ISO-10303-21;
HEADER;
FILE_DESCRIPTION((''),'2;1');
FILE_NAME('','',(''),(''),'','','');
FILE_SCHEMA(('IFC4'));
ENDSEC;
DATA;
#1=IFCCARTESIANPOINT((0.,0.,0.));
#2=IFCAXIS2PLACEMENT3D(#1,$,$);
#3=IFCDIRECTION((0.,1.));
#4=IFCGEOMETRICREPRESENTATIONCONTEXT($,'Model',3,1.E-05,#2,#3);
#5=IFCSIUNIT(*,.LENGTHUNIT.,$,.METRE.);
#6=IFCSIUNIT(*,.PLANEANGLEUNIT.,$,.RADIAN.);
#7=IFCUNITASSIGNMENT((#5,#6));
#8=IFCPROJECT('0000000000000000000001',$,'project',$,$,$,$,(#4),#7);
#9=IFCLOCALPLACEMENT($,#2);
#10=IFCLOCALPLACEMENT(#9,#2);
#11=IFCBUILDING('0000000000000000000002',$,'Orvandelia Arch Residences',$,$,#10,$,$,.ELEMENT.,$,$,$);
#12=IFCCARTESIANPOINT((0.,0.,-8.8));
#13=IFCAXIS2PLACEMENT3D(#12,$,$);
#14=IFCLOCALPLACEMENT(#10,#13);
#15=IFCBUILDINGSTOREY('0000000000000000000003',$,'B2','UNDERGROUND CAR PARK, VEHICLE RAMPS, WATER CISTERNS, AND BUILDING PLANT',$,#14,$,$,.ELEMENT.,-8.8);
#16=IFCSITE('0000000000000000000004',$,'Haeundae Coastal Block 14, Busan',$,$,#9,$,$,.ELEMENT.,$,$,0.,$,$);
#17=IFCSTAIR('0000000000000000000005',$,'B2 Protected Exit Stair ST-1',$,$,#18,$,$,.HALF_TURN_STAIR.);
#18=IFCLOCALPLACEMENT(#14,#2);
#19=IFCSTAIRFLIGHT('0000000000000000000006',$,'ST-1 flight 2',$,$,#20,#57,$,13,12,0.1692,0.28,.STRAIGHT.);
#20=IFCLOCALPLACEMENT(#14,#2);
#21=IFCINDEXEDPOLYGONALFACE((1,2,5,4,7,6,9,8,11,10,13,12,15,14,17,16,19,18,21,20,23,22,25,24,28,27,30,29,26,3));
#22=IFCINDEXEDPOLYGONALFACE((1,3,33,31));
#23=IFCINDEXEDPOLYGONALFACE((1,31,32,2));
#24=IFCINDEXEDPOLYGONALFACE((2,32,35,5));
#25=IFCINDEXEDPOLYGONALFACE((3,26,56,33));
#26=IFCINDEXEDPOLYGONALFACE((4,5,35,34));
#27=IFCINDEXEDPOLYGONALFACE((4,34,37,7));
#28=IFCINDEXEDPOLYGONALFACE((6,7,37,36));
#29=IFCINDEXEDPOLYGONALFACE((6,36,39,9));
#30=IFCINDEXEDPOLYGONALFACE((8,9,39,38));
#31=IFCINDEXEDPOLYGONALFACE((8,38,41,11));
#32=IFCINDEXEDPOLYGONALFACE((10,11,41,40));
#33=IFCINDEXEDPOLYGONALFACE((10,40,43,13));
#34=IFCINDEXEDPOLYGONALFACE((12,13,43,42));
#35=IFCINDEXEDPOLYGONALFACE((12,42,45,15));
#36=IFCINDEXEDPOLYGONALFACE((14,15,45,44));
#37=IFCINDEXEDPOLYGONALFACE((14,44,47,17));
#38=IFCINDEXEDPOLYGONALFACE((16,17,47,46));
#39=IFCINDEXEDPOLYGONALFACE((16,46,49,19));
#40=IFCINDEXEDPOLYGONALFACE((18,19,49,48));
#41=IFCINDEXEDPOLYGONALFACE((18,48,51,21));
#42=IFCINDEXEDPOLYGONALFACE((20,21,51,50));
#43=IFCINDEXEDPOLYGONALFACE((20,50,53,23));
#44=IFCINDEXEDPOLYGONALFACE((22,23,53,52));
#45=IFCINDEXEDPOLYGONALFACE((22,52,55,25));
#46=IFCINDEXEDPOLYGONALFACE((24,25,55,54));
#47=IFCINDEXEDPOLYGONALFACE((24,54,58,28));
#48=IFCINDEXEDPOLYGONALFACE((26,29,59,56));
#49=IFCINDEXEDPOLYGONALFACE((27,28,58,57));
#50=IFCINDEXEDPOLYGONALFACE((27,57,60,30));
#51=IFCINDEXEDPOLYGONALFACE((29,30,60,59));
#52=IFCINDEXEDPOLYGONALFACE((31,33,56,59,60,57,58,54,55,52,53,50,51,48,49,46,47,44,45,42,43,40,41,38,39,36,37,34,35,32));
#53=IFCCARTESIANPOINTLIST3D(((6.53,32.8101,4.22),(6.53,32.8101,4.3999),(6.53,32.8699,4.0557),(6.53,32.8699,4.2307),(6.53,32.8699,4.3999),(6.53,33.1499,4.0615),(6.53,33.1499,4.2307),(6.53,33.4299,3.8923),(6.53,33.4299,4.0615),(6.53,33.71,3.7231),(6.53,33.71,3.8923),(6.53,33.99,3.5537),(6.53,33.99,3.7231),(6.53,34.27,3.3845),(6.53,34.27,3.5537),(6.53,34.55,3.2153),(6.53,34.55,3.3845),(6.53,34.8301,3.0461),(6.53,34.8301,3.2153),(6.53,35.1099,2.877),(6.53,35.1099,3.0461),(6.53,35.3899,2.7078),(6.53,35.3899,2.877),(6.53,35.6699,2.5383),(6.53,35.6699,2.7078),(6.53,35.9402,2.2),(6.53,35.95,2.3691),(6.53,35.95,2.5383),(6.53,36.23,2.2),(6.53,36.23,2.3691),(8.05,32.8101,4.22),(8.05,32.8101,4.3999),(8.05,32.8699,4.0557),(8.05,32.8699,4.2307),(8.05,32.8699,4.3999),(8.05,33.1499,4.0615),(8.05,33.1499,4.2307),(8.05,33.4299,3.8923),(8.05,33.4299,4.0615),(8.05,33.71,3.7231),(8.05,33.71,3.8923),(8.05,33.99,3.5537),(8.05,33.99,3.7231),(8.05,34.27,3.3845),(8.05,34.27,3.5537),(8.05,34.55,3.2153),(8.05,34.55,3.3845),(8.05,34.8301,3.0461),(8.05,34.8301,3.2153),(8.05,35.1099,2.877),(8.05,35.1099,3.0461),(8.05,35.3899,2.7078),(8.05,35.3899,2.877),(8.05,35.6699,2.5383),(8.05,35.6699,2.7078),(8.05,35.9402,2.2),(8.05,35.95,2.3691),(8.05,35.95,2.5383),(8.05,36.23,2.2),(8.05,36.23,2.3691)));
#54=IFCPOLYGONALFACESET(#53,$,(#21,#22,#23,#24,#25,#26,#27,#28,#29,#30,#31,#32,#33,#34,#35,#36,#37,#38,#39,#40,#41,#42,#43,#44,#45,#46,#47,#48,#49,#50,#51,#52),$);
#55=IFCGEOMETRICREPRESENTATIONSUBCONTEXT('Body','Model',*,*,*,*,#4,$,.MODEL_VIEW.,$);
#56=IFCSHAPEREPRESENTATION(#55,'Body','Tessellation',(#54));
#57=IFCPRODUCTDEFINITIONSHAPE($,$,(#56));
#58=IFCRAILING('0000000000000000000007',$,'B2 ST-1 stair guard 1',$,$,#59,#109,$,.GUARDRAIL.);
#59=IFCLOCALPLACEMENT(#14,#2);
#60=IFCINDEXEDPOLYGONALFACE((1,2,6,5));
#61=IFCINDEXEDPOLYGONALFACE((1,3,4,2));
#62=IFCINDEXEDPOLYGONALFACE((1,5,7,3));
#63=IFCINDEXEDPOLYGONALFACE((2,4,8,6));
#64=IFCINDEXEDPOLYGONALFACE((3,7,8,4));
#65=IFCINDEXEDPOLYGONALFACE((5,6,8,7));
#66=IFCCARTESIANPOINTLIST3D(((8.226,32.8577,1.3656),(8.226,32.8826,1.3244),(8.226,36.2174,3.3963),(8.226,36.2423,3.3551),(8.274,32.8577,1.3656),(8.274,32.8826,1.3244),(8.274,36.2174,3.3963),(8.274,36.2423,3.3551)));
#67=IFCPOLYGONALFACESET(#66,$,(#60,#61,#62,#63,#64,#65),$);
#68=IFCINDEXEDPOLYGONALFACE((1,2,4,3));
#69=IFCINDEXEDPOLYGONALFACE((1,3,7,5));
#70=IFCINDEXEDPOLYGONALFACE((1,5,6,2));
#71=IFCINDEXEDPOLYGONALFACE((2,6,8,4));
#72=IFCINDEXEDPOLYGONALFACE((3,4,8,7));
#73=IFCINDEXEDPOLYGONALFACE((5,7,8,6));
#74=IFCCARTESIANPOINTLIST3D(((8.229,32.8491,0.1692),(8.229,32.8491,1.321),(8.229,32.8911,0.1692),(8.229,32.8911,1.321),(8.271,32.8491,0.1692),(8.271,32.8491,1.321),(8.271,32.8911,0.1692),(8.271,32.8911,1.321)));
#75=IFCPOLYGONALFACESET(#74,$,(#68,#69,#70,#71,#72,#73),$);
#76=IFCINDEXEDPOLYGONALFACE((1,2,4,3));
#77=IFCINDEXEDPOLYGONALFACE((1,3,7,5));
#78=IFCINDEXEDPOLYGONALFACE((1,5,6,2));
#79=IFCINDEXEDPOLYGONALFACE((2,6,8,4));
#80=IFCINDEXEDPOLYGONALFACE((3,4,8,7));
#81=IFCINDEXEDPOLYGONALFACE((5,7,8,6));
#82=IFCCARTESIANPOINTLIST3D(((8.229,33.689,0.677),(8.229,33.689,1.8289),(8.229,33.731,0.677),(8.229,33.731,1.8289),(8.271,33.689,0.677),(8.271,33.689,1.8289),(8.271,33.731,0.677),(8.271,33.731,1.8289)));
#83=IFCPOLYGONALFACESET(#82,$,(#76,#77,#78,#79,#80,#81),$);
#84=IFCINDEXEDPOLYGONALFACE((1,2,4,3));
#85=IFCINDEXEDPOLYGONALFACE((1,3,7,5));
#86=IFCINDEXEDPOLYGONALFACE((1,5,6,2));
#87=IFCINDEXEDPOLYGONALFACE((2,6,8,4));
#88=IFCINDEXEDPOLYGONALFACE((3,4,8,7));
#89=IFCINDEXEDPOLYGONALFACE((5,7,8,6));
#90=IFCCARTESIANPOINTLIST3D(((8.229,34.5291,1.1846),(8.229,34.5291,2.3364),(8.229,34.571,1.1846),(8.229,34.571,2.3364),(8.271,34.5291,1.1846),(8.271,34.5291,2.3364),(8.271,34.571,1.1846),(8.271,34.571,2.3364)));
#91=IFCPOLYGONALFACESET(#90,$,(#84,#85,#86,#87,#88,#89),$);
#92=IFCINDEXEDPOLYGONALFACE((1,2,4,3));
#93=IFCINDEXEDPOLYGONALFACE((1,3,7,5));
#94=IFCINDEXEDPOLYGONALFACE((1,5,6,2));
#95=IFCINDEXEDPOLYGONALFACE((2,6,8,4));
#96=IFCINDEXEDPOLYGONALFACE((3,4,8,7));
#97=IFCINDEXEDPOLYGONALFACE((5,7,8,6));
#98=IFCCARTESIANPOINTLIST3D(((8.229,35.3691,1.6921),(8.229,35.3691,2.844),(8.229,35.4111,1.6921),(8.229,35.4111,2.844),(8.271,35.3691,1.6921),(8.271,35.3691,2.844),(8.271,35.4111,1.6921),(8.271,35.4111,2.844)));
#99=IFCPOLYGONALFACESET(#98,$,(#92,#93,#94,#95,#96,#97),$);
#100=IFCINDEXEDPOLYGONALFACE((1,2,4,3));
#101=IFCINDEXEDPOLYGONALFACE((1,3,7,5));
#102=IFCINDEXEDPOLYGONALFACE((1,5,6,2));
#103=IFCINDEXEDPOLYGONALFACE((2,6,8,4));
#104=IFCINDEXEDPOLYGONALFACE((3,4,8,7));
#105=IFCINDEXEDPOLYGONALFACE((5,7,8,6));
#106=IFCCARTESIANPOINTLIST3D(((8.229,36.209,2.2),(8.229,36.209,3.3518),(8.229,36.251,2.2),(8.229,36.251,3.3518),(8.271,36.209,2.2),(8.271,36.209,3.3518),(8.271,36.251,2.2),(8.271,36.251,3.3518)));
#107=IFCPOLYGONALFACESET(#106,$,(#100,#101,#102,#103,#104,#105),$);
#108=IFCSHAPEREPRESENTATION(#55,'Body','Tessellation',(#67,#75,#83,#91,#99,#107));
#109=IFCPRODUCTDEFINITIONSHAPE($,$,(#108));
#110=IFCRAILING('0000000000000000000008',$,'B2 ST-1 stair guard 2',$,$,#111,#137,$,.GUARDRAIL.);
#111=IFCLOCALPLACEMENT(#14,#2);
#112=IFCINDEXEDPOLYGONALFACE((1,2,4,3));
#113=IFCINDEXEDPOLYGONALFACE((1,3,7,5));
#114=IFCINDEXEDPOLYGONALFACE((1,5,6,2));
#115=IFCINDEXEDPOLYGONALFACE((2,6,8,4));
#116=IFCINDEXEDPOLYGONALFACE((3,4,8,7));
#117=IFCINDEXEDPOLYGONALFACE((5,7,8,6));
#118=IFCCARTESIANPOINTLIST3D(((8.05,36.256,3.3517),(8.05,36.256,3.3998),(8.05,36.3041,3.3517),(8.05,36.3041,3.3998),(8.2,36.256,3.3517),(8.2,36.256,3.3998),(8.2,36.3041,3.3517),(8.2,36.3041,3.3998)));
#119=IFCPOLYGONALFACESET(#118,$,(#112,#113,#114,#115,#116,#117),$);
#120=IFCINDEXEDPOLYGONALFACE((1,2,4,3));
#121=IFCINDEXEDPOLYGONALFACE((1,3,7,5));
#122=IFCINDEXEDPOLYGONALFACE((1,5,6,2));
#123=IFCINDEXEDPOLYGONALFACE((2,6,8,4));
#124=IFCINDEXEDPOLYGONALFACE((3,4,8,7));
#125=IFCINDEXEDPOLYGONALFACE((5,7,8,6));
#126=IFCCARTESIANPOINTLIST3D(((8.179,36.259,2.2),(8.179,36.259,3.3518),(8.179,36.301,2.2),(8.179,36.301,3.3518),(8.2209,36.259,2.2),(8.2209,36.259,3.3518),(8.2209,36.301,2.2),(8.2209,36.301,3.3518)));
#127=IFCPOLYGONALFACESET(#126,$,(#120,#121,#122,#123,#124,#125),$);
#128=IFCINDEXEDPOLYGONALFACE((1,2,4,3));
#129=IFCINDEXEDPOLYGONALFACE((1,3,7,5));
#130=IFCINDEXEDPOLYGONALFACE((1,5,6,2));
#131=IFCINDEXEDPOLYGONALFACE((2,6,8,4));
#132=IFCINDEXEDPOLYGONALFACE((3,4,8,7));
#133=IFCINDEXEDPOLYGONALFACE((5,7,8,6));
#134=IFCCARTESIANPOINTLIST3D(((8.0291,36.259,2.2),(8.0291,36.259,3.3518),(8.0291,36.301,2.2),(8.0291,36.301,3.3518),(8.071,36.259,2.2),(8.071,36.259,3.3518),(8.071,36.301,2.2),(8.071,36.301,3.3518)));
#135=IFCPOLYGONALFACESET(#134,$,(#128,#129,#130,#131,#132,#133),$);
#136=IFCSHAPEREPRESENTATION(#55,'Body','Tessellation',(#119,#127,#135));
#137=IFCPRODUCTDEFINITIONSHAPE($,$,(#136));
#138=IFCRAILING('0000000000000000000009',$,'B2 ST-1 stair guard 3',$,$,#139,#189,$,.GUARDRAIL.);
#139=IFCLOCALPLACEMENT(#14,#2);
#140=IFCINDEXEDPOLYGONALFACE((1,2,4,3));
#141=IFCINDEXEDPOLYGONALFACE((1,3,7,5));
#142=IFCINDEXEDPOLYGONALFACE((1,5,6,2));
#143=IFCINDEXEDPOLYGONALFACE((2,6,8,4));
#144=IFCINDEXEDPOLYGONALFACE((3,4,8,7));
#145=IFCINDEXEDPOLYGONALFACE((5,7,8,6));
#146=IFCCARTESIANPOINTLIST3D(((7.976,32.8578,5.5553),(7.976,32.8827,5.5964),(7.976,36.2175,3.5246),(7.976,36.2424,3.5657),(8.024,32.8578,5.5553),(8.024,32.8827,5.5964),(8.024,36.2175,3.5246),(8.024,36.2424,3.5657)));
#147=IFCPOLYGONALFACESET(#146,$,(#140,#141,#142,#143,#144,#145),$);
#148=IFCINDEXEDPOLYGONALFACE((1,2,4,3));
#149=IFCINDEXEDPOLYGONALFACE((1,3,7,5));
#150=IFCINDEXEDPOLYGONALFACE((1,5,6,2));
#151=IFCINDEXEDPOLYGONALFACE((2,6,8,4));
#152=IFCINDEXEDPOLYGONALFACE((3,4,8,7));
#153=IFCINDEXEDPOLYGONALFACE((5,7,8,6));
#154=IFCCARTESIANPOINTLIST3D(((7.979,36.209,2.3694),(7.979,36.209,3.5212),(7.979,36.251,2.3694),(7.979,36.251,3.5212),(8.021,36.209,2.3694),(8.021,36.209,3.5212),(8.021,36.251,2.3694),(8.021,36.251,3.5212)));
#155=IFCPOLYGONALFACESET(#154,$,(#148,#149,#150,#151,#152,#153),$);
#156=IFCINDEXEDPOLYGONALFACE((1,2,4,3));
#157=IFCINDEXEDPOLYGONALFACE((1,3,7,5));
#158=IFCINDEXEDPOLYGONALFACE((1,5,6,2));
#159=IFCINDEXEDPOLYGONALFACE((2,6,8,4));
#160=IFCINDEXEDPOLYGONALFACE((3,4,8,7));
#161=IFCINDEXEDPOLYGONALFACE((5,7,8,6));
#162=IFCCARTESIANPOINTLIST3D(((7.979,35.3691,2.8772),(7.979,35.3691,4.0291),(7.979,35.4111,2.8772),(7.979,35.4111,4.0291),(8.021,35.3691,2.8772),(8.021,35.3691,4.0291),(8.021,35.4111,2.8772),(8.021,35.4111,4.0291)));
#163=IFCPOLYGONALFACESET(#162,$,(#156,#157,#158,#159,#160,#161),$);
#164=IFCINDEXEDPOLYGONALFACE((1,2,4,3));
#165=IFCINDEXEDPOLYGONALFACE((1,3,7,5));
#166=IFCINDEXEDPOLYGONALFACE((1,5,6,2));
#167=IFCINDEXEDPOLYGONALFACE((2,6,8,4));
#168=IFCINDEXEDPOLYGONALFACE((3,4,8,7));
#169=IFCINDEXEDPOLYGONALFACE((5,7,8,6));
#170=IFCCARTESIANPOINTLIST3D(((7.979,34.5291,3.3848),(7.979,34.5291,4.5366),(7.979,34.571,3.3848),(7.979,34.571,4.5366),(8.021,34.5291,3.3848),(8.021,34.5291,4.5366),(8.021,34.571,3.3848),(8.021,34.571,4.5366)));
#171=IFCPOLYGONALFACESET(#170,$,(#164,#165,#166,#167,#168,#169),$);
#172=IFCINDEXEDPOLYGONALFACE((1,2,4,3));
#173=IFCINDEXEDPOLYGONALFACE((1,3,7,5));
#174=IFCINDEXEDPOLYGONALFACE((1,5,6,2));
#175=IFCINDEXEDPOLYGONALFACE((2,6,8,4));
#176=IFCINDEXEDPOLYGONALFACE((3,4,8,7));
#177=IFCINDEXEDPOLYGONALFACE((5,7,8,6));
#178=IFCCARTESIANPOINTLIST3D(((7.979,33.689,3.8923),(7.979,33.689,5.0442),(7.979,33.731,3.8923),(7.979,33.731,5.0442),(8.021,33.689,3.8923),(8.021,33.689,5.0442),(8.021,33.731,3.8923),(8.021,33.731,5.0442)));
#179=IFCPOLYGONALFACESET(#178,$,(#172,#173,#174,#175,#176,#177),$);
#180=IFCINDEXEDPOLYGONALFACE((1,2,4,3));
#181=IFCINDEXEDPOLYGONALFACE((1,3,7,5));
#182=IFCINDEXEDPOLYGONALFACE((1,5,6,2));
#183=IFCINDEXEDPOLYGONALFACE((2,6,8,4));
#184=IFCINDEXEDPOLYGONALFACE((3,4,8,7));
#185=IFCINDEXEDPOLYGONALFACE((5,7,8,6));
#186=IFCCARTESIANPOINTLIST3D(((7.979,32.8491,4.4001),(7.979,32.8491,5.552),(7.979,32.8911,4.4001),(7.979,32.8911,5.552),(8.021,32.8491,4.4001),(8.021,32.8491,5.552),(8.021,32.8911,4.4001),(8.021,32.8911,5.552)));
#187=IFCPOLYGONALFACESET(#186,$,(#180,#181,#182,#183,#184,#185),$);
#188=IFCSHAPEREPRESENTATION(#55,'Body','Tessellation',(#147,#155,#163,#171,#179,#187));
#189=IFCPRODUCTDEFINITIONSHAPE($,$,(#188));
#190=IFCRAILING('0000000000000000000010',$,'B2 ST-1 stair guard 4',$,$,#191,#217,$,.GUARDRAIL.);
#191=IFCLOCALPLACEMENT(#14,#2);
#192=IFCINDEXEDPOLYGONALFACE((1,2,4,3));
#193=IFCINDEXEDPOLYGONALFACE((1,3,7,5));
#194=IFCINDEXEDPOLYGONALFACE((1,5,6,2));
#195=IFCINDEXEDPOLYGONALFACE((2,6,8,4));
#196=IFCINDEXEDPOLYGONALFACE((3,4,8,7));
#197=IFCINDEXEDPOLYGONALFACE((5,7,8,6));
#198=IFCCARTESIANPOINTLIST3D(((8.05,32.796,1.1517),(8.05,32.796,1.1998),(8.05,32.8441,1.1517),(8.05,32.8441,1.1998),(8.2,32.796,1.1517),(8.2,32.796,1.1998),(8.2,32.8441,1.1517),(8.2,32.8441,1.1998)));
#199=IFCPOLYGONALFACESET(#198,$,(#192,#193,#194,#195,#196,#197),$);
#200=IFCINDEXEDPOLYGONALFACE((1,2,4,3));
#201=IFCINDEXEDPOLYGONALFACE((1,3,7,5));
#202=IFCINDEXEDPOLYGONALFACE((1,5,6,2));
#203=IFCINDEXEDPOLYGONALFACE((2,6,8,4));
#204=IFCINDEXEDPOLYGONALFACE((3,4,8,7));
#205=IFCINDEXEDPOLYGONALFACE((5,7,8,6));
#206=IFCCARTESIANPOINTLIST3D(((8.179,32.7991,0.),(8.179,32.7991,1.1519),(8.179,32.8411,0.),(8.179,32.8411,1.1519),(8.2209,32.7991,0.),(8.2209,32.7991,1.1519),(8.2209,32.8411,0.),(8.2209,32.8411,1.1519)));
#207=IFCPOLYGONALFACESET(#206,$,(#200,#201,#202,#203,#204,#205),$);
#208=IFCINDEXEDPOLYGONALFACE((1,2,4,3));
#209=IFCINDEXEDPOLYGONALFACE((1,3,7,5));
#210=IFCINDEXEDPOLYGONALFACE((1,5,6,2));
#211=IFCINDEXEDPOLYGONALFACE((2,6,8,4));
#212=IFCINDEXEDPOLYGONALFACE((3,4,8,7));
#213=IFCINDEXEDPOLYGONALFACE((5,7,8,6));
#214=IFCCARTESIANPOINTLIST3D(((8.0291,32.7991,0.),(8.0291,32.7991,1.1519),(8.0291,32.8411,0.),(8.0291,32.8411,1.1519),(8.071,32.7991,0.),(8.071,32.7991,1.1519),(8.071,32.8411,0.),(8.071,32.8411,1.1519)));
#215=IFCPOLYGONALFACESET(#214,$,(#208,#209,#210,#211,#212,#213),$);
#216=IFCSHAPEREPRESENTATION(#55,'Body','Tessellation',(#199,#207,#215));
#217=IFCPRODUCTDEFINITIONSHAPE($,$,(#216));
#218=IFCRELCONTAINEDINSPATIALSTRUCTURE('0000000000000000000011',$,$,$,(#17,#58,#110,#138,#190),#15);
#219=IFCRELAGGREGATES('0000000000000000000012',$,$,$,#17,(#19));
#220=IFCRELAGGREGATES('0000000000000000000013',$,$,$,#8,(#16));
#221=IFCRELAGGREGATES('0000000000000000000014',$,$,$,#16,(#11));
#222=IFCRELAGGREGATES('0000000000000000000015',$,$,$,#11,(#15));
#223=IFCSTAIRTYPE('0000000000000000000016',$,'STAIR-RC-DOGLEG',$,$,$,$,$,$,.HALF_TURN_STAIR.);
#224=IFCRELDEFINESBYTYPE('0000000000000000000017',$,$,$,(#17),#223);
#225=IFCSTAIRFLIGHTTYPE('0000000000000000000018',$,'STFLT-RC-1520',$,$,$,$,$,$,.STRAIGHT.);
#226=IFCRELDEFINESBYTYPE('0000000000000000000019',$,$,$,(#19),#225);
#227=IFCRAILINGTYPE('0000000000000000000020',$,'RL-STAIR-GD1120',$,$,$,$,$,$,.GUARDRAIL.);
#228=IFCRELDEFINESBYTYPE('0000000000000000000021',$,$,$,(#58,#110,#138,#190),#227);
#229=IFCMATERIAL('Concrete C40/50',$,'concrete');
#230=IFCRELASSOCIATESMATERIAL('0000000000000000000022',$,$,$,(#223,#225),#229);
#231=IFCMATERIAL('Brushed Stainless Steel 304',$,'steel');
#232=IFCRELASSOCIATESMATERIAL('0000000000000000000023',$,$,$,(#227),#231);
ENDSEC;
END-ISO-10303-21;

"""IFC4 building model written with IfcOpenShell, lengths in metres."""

from ifc_helpers import new_model, si_unit, direction, frame, origin, origin_2d, place, context, subcontext, project, spatial, polyline, rectangle, outline, extrude, material, type_object, element, aggregate, save


model = new_model("IFC4")

# Units and contexts
model_context = context("Model", 3, precision=1e-05, world=origin(), true_north=direction((0.0, 1.0)))
body_context = subcontext(model_context, "Body", "Model", "MODEL_VIEW")
ifc_project = project(units=[si_unit("LENGTHUNIT", "METRE"), si_unit("PLANEANGLEUNIT", "RADIAN")], contexts=[model_context])

# Site, building, storey
site_placement = place(None, origin())
site = spatial("IfcSite", under=ifc_project, at=site_placement, Name="Haeundae Coastal Block 14, Busan", CompositionType="ELEMENT", RefElevation=0.0)
building_placement = place(site_placement, origin())
building = spatial("IfcBuilding", under=site, at=building_placement, Name="Orvandelia Arch Residences", CompositionType="ELEMENT")
storey_placement = place(building_placement, frame((0.0, 0.0, -8.8)))
storey = spatial("IfcBuildingStorey", under=building, at=storey_placement, Name="B2", Description="UNDERGROUND CAR PARK, VEHICLE RAMPS, WATER CISTERNS, AND BUILDING PLANT", CompositionType="ELEMENT", Elevation=-8.8)

# Stair, stair flight
ifc_material_1 = material(Name="Concrete C40/50", Category="concrete")
stair_type = type_object("IfcStairType", Name="STAIR-RC-DOGLEG", PredefinedType="HALF_TURN_STAIR", material=ifc_material_1)
stair_placement = place(storey_placement, origin())
stair = element("IfcStair", 1, at=stair_placement, inside=storey, type_object=stair_type, Name="B2 Protected Exit Stair ST-1", PredefinedType="HALF_TURN_STAIR")
stair_flight_type = type_object("IfcStairFlightType", Name="STFLT-RC-1520", PredefinedType="STRAIGHT", material=ifc_material_1)
stair_flight_1_placement = place(storey_placement, frame((7.29, 36.23, 2.2), z_axis=(0.0, 0.0, 1.0), x_axis=(0.0, -1.0, 0.0)))
stair_flight_1 = element("IfcStairFlight", 2, at=stair_flight_1_placement, type_object=stair_flight_type, Name="ST-1 flight 2", NumberOfRisers=13, NumberOfTreads=12, PredefinedType="STRAIGHT", RiserHeight=0.1692, TreadLength=0.28, context=body_context, shape_type="SweptSolid", body=[
    extrude(outline(polyline([(0.0, 0.0), (0.0, 0.1692), (0.28, 0.1692), (0.28, 0.3384), (0.5601, 0.3384), (0.5601, 0.5078), (0.8401, 0.5078), (0.8401, 0.677), (1.1201, 0.677), (1.1201, 0.8462), (1.3999, 0.8462), (1.3999, 1.0154), (1.6799, 1.0154), (1.6799, 1.1846), (1.96, 1.1846), (1.96, 1.3538), (2.24, 1.3538), (2.24, 1.5232), (2.52, 1.5232), (2.52, 1.6924), (2.8, 1.6924), (2.8, 1.8616), (3.0801, 1.8616), (3.0801, 2.0308), (3.3601, 2.0308), (3.3601, 2.2), (3.4199, 2.2), (3.4199, 2.02), (3.3601, 1.8557), (0.2898, 0.0), (0.0, 0.0)])), frame((0.0, 0.76, 0.0), z_axis=(0.0, -1.0, 0.0), x_axis=(1.0, 0.0, 0.0)), (0.0, 0.0, 1.0), 1.52),
])
aggregate(stair, [stair_flight_1])

# Railings
ifc_material_2 = material(Name="Brushed Stainless Steel 304", Category="steel")
railing_type_1 = type_object("IfcRailingType", Name="RL-STAIR-GD1120", PredefinedType="GUARDRAIL", material=ifc_material_2)
railing_1_placement = place(storey_placement, frame((8.25, 32.8701, 0.1692)))
element("IfcRailing", 3, at=railing_1_placement, inside=storey, type_object=railing_type_1, Name="B2 ST-1 stair guard 1", PredefinedType="GUARDRAIL", context=body_context, shape_type="SweptSolid", body=[
    extrude(rectangle(XDim=0.0481, YDim=0.0481, at=origin_2d()), frame((0.0, 0.0, 1.1758), z_axis=(0.0, 0.85582, 0.517273), x_axis=(-1.0, 0.0, 0.0)), (0.0, 0.0, 1.0), 3.9258),
    extrude(rectangle(XDim=0.042, YDim=0.042, at=origin_2d()), origin(), (0.0, 0.0, 1.0), 1.1519),
    extrude(rectangle(XDim=0.042, YDim=0.042, at=origin_2d()), frame((0.0, 0.8398, 0.5078)), (0.0, 0.0, 1.0), 1.1519),
    extrude(rectangle(XDim=0.042, YDim=0.042, at=origin_2d()), frame((0.0, 1.6799, 1.0154)), (0.0, 0.0, 1.0), 1.1519),
    extrude(rectangle(XDim=0.042, YDim=0.042, at=origin_2d()), frame((0.0, 2.52, 1.5229)), (0.0, 0.0, 1.0), 1.1519),
    extrude(rectangle(XDim=0.042, YDim=0.042, at=origin_2d()), frame((0.0, 3.3599, 2.0308)), (0.0, 0.0, 1.0), 1.1519),
])
railing_2_placement = place(storey_placement, frame((8.2, 36.28, 2.2)))
element("IfcRailing", 4, at=railing_2_placement, inside=storey, type_object=railing_type_1, Name="B2 ST-1 stair guard 2", PredefinedType="GUARDRAIL", context=body_context, shape_type="SweptSolid", body=[
    extrude(rectangle(XDim=0.0481, YDim=0.0481, at=origin_2d()), frame((0.0, 0.0, 1.1758), z_axis=(-1.0, 0.0, 0.0), x_axis=(0.0, -1.0, 0.0)), (0.0, 0.0, 1.0), 0.1499),
    extrude(rectangle(XDim=0.042, YDim=0.042, at=origin_2d()), origin(), (0.0, 0.0, 1.0), 1.1519),
    extrude(rectangle(XDim=0.042, YDim=0.042, at=origin_2d()), frame((-0.1499, 0.0, 0.0)), (0.0, 0.0, 1.0), 1.1519),
])
railing_3_placement = place(storey_placement, frame((8.0, 36.23, 2.3694)))
element("IfcRailing", 5, at=railing_3_placement, inside=storey, type_object=railing_type_1, Name="B2 ST-1 stair guard 3", PredefinedType="GUARDRAIL", context=body_context, shape_type="SweptSolid", body=[
    extrude(rectangle(XDim=0.0481, YDim=0.0481, at=origin_2d()), frame((0.0, 0.0, 1.1758), z_axis=(0.0, -0.85582, 0.517273), x_axis=(1.0, 0.0, 0.0)), (0.0, 0.0, 1.0), 3.9258),
    extrude(rectangle(XDim=0.042, YDim=0.042, at=origin_2d()), origin(), (0.0, 0.0, 1.0), 1.1519),
    extrude(rectangle(XDim=0.042, YDim=0.042, at=origin_2d()), frame((0.0, -0.8398, 0.5078)), (0.0, 0.0, 1.0), 1.1519),
    extrude(rectangle(XDim=0.042, YDim=0.042, at=origin_2d()), frame((0.0, -1.6799, 1.0154)), (0.0, 0.0, 1.0), 1.1519),
    extrude(rectangle(XDim=0.042, YDim=0.042, at=origin_2d()), frame((0.0, -2.52, 1.5229)), (0.0, 0.0, 1.0), 1.1519),
    extrude(rectangle(XDim=0.042, YDim=0.042, at=origin_2d()), frame((0.0, -3.3599, 2.0308)), (0.0, 0.0, 1.0), 1.1519),
])
railing_4_placement = place(storey_placement, frame((8.2, 32.8201, 0.0)))
element("IfcRailing", 6, at=railing_4_placement, inside=storey, type_object=railing_type_1, Name="B2 ST-1 stair guard 4", PredefinedType="GUARDRAIL", context=body_context, shape_type="SweptSolid", body=[
    extrude(rectangle(XDim=0.0481, YDim=0.0481, at=origin_2d()), frame((0.0, 0.0, 1.1758), z_axis=(-1.0, 0.0, 0.0), x_axis=(0.0, -1.0, 0.0)), (0.0, 0.0, 1.0), 0.1499),
    extrude(rectangle(XDim=0.042, YDim=0.042, at=origin_2d()), origin(), (0.0, 0.0, 1.0), 1.1519),
    extrude(rectangle(XDim=0.042, YDim=0.042, at=origin_2d()), frame((-0.1499, 0.0, 0.0)), (0.0, 0.0, 1.0), 1.1519),
])

save(model, "model.ifc")
